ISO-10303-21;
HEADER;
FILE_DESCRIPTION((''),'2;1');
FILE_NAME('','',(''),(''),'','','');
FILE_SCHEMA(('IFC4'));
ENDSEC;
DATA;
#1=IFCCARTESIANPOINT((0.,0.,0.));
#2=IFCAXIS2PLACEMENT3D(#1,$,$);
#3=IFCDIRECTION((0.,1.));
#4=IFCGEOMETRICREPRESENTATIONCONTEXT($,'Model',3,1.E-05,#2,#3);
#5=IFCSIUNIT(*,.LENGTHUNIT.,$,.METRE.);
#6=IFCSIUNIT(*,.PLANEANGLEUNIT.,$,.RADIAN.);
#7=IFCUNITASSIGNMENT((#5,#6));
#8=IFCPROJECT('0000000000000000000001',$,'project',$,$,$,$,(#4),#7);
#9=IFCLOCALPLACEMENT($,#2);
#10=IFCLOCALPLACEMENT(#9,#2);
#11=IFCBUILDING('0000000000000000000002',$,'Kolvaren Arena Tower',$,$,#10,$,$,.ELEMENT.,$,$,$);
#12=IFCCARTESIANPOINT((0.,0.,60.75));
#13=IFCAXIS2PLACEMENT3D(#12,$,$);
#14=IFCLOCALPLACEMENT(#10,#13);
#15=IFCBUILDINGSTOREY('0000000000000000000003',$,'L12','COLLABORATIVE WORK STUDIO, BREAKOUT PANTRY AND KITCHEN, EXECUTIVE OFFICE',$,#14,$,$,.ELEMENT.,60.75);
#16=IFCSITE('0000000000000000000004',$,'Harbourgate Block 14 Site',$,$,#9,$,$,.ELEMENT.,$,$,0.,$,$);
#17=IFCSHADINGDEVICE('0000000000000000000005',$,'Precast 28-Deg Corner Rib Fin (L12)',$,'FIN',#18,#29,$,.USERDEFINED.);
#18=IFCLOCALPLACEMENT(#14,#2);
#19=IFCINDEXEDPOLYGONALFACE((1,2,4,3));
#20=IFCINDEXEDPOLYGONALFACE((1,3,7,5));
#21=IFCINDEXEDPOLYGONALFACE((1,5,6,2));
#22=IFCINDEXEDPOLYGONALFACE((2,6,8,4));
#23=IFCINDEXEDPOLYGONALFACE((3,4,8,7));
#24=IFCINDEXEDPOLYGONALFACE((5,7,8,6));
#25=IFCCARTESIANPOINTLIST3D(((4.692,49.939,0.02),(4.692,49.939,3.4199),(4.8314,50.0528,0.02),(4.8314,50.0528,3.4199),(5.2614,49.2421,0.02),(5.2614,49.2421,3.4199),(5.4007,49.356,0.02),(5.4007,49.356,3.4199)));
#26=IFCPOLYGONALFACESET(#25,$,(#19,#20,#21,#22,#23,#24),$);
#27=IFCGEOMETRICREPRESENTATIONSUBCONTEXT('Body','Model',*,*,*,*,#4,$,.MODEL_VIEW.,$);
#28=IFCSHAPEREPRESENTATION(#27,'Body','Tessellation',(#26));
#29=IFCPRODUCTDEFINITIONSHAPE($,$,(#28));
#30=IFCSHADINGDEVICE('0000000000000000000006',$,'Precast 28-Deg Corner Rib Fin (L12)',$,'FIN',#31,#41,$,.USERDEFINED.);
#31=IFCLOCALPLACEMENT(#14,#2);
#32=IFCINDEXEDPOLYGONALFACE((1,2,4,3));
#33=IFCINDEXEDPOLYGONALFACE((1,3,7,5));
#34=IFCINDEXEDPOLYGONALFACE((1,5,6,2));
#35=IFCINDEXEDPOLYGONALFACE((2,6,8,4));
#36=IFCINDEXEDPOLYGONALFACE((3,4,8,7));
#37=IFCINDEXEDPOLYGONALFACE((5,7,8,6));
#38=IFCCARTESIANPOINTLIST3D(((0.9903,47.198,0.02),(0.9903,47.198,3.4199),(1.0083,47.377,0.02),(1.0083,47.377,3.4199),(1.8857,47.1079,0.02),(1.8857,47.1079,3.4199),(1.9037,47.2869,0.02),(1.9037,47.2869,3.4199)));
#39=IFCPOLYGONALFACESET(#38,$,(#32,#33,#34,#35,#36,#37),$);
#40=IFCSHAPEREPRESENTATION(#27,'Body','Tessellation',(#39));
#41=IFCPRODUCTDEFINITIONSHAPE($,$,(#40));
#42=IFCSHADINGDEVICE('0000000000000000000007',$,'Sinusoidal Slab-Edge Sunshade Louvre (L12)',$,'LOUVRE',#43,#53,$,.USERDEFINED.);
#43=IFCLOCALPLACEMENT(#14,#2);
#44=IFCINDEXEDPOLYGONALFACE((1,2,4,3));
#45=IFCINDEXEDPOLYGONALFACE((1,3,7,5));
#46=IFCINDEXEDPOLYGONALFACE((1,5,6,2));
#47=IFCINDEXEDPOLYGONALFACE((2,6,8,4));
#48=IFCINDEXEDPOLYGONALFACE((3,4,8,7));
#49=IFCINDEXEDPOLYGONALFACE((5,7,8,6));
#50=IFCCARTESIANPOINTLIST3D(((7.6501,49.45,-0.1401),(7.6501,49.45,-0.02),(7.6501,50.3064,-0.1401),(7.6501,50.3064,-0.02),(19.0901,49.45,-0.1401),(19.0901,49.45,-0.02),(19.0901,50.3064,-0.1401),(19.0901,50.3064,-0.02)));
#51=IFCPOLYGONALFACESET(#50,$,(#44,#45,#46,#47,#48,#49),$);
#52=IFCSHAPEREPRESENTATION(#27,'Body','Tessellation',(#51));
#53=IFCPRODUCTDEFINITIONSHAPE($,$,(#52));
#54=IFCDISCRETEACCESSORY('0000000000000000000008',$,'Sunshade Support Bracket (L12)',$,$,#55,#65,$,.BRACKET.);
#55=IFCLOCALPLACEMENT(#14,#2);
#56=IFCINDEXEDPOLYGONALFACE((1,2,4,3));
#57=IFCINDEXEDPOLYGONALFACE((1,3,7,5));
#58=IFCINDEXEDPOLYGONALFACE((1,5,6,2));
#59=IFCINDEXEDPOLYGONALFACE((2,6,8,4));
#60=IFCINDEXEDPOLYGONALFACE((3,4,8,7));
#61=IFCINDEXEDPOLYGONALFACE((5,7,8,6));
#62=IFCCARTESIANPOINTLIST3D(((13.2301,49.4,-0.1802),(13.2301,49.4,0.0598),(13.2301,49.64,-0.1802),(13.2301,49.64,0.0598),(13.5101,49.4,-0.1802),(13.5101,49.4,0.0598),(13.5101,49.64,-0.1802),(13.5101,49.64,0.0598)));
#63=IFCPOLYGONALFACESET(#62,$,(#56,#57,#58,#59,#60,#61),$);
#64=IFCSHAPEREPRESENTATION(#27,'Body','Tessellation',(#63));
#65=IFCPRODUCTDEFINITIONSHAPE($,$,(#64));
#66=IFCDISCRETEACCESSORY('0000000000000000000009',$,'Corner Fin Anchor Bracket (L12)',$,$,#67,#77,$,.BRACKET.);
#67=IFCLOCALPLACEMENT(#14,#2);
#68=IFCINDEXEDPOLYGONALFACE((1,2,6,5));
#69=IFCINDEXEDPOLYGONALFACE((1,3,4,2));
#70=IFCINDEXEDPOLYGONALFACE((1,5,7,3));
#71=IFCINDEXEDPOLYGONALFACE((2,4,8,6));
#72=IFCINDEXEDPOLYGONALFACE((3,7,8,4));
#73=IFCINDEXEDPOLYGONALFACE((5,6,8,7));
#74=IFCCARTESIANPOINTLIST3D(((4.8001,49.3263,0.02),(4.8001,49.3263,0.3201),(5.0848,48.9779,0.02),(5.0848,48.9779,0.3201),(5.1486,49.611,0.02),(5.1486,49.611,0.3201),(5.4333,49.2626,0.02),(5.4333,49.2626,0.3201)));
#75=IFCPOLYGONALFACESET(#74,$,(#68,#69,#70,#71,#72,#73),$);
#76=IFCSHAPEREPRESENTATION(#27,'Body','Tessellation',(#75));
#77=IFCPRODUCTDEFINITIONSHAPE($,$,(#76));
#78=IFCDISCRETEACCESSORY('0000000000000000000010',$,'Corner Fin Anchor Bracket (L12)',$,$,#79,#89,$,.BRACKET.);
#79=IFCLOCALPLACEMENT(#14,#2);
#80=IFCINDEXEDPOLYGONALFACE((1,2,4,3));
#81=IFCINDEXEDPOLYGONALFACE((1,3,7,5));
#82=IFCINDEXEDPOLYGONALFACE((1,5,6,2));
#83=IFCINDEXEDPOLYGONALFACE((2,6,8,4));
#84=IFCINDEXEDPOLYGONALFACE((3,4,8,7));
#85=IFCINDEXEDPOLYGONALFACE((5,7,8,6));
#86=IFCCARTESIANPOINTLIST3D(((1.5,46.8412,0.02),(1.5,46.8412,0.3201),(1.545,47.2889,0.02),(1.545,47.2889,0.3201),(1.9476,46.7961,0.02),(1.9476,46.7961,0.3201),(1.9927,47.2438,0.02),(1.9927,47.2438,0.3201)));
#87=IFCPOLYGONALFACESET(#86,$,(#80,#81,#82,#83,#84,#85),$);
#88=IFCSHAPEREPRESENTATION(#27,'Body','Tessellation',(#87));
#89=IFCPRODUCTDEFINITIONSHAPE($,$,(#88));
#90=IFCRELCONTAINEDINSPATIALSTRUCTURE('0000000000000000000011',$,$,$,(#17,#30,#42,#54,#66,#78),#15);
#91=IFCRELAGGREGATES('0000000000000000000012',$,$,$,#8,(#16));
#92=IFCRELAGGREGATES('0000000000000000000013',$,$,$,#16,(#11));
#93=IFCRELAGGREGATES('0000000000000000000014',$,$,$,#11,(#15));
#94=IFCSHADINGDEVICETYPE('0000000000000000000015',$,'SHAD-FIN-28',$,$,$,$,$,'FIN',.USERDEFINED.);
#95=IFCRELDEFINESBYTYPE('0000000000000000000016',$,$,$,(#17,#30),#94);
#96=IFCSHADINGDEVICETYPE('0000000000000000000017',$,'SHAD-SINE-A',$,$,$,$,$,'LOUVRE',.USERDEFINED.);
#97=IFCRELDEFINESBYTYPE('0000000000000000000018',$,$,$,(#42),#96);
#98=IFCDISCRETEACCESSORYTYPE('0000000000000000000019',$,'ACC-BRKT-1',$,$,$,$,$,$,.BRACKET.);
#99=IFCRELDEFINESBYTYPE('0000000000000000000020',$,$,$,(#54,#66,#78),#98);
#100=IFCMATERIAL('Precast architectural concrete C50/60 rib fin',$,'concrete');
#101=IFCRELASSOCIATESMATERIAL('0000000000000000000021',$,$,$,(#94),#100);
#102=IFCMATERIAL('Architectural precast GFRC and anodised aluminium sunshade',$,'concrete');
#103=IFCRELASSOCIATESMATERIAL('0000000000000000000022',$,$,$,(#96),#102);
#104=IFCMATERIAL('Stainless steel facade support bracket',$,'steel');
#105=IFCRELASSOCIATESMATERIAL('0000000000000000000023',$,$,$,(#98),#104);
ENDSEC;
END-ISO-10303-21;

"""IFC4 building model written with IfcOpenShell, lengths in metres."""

from ifc_helpers import new_model, si_unit, direction, frame, origin, origin_2d, place, context, subcontext, project, spatial, rectangle, extrude, material, type_object, element, save


model = new_model("IFC4")

# Units and contexts
model_context = context("Model", 3, precision=1e-05, world=origin(), true_north=direction((0.0, 1.0)))
body_context = subcontext(model_context, "Body", "Model", "MODEL_VIEW")
ifc_project = project(units=[si_unit("LENGTHUNIT", "METRE"), si_unit("PLANEANGLEUNIT", "RADIAN")], contexts=[model_context])

# Site, building, storey
site_placement = place(None, origin())
site = spatial("IfcSite", under=ifc_project, at=site_placement, Name="Harbourgate Block 14 Site", CompositionType="ELEMENT", RefElevation=0.0)
building_placement = place(site_placement, origin())
building = spatial("IfcBuilding", under=site, at=building_placement, Name="Kolvaren Arena Tower", CompositionType="ELEMENT")
storey_placement = place(building_placement, frame((0.0, 0.0, 60.75)))
storey = spatial("IfcBuildingStorey", under=building, at=storey_placement, Name="L12", Description="COLLABORATIVE WORK STUDIO, BREAKOUT PANTRY AND KITCHEN, EXECUTIVE OFFICE", CompositionType="ELEMENT", Elevation=60.75)

# Shading devices
ifc_material_1 = material(Name="Precast architectural concrete C50/60 rib fin", Category="concrete")
shading_device_type_1 = type_object("IfcShadingDeviceType", Name="SHAD-FIN-28", ElementType="FIN", PredefinedType="USERDEFINED", material=ifc_material_1)
for number, where, z_axis, x_axis, name in (
    (1, (5.0464, 49.6475, 0.02), (0.0, 0.0, 1.0), (-0.632723, 0.774378, 0.0), "Precast 28-Deg Corner Rib Fin (L12)"),
    (2, (1.447, 47.2424, 0.02), (0.0, 0.0, 1.0), (-0.994972, 0.100155, 0.0), "Precast 28-Deg Corner Rib Fin (L12)"),
):
    element("IfcShadingDevice", number, at=place(storey_placement, frame(where, z_axis=z_axis, x_axis=x_axis)), inside=storey, type_object=shading_device_type_1, Name=name, ObjectType="FIN", PredefinedType="USERDEFINED", context=body_context, shape_type="SweptSolid", body=[
        extrude(rectangle(XDim=0.8999, YDim=0.1799, at=origin_2d()), origin(), (0.0, 0.0, 1.0), 3.3999),
    ])
ifc_material_2 = material(Name="Architectural precast GFRC and anodised aluminium sunshade", Category="concrete")
shading_device_type_2 = type_object("IfcShadingDeviceType", Name="SHAD-SINE-A", ElementType="LOUVRE", PredefinedType="USERDEFINED", material=ifc_material_2)
shading_device_placement = place(storey_placement, frame((13.3701, 49.8782, -0.1401), z_axis=(0.0, 0.0, 1.0), x_axis=(1.0, 0.0, 0.0)))
element("IfcShadingDevice", 3, at=shading_device_placement, inside=storey, type_object=shading_device_type_2, Name="Sinusoidal Slab-Edge Sunshade Louvre (L12)", ObjectType="LOUVRE", PredefinedType="USERDEFINED", context=body_context, shape_type="SweptSolid", body=[
    extrude(rectangle(XDim=11.4399, YDim=0.8564, at=origin_2d()), origin(), (0.0, 0.0, 1.0), 0.1201),
])

# Discrete accessories
ifc_material_3 = material(Name="Stainless steel facade support bracket", Category="steel")
discrete_accessory_type = type_object("IfcDiscreteAccessoryType", Name="ACC-BRKT-1", PredefinedType="BRACKET", material=ifc_material_3)
discrete_accessory_placement = place(storey_placement, frame((13.3701, 49.52, -0.1802), z_axis=(0.0, 0.0, 1.0), x_axis=(1.0, 0.0, 0.0)))
element("IfcDiscreteAccessory", 4, at=discrete_accessory_placement, inside=storey, type_object=discrete_accessory_type, Name="Sunshade Support Bracket (L12)", PredefinedType="BRACKET", context=body_context, shape_type="SweptSolid", body=[
    extrude(rectangle(XDim=0.28, YDim=0.24, at=origin_2d()), origin(), (0.0, 0.0, 1.0), 0.24),
])
for number, where, z_axis, x_axis, name in (
    (5, (5.1167, 49.2944, 0.02), (0.0, 0.0, 1.0), (-0.632723, 0.774378, 0.0), "Corner Fin Anchor Bracket (L12)"),
    (6, (1.7463, 47.0425, 0.02), (0.0, 0.0, 1.0), (-0.994972, 0.100155, 0.0), "Corner Fin Anchor Bracket (L12)"),
):
    element("IfcDiscreteAccessory", number, at=place(storey_placement, frame(where, z_axis=z_axis, x_axis=x_axis)), inside=storey, type_object=discrete_accessory_type, Name=name, PredefinedType="BRACKET", context=body_context, shape_type="SweptSolid", body=[
        extrude(rectangle(XDim=0.45, YDim=0.45, at=origin_2d()), origin(), (0.0, 0.0, 1.0), 0.3),
    ])

save(model, "model.ifc")
